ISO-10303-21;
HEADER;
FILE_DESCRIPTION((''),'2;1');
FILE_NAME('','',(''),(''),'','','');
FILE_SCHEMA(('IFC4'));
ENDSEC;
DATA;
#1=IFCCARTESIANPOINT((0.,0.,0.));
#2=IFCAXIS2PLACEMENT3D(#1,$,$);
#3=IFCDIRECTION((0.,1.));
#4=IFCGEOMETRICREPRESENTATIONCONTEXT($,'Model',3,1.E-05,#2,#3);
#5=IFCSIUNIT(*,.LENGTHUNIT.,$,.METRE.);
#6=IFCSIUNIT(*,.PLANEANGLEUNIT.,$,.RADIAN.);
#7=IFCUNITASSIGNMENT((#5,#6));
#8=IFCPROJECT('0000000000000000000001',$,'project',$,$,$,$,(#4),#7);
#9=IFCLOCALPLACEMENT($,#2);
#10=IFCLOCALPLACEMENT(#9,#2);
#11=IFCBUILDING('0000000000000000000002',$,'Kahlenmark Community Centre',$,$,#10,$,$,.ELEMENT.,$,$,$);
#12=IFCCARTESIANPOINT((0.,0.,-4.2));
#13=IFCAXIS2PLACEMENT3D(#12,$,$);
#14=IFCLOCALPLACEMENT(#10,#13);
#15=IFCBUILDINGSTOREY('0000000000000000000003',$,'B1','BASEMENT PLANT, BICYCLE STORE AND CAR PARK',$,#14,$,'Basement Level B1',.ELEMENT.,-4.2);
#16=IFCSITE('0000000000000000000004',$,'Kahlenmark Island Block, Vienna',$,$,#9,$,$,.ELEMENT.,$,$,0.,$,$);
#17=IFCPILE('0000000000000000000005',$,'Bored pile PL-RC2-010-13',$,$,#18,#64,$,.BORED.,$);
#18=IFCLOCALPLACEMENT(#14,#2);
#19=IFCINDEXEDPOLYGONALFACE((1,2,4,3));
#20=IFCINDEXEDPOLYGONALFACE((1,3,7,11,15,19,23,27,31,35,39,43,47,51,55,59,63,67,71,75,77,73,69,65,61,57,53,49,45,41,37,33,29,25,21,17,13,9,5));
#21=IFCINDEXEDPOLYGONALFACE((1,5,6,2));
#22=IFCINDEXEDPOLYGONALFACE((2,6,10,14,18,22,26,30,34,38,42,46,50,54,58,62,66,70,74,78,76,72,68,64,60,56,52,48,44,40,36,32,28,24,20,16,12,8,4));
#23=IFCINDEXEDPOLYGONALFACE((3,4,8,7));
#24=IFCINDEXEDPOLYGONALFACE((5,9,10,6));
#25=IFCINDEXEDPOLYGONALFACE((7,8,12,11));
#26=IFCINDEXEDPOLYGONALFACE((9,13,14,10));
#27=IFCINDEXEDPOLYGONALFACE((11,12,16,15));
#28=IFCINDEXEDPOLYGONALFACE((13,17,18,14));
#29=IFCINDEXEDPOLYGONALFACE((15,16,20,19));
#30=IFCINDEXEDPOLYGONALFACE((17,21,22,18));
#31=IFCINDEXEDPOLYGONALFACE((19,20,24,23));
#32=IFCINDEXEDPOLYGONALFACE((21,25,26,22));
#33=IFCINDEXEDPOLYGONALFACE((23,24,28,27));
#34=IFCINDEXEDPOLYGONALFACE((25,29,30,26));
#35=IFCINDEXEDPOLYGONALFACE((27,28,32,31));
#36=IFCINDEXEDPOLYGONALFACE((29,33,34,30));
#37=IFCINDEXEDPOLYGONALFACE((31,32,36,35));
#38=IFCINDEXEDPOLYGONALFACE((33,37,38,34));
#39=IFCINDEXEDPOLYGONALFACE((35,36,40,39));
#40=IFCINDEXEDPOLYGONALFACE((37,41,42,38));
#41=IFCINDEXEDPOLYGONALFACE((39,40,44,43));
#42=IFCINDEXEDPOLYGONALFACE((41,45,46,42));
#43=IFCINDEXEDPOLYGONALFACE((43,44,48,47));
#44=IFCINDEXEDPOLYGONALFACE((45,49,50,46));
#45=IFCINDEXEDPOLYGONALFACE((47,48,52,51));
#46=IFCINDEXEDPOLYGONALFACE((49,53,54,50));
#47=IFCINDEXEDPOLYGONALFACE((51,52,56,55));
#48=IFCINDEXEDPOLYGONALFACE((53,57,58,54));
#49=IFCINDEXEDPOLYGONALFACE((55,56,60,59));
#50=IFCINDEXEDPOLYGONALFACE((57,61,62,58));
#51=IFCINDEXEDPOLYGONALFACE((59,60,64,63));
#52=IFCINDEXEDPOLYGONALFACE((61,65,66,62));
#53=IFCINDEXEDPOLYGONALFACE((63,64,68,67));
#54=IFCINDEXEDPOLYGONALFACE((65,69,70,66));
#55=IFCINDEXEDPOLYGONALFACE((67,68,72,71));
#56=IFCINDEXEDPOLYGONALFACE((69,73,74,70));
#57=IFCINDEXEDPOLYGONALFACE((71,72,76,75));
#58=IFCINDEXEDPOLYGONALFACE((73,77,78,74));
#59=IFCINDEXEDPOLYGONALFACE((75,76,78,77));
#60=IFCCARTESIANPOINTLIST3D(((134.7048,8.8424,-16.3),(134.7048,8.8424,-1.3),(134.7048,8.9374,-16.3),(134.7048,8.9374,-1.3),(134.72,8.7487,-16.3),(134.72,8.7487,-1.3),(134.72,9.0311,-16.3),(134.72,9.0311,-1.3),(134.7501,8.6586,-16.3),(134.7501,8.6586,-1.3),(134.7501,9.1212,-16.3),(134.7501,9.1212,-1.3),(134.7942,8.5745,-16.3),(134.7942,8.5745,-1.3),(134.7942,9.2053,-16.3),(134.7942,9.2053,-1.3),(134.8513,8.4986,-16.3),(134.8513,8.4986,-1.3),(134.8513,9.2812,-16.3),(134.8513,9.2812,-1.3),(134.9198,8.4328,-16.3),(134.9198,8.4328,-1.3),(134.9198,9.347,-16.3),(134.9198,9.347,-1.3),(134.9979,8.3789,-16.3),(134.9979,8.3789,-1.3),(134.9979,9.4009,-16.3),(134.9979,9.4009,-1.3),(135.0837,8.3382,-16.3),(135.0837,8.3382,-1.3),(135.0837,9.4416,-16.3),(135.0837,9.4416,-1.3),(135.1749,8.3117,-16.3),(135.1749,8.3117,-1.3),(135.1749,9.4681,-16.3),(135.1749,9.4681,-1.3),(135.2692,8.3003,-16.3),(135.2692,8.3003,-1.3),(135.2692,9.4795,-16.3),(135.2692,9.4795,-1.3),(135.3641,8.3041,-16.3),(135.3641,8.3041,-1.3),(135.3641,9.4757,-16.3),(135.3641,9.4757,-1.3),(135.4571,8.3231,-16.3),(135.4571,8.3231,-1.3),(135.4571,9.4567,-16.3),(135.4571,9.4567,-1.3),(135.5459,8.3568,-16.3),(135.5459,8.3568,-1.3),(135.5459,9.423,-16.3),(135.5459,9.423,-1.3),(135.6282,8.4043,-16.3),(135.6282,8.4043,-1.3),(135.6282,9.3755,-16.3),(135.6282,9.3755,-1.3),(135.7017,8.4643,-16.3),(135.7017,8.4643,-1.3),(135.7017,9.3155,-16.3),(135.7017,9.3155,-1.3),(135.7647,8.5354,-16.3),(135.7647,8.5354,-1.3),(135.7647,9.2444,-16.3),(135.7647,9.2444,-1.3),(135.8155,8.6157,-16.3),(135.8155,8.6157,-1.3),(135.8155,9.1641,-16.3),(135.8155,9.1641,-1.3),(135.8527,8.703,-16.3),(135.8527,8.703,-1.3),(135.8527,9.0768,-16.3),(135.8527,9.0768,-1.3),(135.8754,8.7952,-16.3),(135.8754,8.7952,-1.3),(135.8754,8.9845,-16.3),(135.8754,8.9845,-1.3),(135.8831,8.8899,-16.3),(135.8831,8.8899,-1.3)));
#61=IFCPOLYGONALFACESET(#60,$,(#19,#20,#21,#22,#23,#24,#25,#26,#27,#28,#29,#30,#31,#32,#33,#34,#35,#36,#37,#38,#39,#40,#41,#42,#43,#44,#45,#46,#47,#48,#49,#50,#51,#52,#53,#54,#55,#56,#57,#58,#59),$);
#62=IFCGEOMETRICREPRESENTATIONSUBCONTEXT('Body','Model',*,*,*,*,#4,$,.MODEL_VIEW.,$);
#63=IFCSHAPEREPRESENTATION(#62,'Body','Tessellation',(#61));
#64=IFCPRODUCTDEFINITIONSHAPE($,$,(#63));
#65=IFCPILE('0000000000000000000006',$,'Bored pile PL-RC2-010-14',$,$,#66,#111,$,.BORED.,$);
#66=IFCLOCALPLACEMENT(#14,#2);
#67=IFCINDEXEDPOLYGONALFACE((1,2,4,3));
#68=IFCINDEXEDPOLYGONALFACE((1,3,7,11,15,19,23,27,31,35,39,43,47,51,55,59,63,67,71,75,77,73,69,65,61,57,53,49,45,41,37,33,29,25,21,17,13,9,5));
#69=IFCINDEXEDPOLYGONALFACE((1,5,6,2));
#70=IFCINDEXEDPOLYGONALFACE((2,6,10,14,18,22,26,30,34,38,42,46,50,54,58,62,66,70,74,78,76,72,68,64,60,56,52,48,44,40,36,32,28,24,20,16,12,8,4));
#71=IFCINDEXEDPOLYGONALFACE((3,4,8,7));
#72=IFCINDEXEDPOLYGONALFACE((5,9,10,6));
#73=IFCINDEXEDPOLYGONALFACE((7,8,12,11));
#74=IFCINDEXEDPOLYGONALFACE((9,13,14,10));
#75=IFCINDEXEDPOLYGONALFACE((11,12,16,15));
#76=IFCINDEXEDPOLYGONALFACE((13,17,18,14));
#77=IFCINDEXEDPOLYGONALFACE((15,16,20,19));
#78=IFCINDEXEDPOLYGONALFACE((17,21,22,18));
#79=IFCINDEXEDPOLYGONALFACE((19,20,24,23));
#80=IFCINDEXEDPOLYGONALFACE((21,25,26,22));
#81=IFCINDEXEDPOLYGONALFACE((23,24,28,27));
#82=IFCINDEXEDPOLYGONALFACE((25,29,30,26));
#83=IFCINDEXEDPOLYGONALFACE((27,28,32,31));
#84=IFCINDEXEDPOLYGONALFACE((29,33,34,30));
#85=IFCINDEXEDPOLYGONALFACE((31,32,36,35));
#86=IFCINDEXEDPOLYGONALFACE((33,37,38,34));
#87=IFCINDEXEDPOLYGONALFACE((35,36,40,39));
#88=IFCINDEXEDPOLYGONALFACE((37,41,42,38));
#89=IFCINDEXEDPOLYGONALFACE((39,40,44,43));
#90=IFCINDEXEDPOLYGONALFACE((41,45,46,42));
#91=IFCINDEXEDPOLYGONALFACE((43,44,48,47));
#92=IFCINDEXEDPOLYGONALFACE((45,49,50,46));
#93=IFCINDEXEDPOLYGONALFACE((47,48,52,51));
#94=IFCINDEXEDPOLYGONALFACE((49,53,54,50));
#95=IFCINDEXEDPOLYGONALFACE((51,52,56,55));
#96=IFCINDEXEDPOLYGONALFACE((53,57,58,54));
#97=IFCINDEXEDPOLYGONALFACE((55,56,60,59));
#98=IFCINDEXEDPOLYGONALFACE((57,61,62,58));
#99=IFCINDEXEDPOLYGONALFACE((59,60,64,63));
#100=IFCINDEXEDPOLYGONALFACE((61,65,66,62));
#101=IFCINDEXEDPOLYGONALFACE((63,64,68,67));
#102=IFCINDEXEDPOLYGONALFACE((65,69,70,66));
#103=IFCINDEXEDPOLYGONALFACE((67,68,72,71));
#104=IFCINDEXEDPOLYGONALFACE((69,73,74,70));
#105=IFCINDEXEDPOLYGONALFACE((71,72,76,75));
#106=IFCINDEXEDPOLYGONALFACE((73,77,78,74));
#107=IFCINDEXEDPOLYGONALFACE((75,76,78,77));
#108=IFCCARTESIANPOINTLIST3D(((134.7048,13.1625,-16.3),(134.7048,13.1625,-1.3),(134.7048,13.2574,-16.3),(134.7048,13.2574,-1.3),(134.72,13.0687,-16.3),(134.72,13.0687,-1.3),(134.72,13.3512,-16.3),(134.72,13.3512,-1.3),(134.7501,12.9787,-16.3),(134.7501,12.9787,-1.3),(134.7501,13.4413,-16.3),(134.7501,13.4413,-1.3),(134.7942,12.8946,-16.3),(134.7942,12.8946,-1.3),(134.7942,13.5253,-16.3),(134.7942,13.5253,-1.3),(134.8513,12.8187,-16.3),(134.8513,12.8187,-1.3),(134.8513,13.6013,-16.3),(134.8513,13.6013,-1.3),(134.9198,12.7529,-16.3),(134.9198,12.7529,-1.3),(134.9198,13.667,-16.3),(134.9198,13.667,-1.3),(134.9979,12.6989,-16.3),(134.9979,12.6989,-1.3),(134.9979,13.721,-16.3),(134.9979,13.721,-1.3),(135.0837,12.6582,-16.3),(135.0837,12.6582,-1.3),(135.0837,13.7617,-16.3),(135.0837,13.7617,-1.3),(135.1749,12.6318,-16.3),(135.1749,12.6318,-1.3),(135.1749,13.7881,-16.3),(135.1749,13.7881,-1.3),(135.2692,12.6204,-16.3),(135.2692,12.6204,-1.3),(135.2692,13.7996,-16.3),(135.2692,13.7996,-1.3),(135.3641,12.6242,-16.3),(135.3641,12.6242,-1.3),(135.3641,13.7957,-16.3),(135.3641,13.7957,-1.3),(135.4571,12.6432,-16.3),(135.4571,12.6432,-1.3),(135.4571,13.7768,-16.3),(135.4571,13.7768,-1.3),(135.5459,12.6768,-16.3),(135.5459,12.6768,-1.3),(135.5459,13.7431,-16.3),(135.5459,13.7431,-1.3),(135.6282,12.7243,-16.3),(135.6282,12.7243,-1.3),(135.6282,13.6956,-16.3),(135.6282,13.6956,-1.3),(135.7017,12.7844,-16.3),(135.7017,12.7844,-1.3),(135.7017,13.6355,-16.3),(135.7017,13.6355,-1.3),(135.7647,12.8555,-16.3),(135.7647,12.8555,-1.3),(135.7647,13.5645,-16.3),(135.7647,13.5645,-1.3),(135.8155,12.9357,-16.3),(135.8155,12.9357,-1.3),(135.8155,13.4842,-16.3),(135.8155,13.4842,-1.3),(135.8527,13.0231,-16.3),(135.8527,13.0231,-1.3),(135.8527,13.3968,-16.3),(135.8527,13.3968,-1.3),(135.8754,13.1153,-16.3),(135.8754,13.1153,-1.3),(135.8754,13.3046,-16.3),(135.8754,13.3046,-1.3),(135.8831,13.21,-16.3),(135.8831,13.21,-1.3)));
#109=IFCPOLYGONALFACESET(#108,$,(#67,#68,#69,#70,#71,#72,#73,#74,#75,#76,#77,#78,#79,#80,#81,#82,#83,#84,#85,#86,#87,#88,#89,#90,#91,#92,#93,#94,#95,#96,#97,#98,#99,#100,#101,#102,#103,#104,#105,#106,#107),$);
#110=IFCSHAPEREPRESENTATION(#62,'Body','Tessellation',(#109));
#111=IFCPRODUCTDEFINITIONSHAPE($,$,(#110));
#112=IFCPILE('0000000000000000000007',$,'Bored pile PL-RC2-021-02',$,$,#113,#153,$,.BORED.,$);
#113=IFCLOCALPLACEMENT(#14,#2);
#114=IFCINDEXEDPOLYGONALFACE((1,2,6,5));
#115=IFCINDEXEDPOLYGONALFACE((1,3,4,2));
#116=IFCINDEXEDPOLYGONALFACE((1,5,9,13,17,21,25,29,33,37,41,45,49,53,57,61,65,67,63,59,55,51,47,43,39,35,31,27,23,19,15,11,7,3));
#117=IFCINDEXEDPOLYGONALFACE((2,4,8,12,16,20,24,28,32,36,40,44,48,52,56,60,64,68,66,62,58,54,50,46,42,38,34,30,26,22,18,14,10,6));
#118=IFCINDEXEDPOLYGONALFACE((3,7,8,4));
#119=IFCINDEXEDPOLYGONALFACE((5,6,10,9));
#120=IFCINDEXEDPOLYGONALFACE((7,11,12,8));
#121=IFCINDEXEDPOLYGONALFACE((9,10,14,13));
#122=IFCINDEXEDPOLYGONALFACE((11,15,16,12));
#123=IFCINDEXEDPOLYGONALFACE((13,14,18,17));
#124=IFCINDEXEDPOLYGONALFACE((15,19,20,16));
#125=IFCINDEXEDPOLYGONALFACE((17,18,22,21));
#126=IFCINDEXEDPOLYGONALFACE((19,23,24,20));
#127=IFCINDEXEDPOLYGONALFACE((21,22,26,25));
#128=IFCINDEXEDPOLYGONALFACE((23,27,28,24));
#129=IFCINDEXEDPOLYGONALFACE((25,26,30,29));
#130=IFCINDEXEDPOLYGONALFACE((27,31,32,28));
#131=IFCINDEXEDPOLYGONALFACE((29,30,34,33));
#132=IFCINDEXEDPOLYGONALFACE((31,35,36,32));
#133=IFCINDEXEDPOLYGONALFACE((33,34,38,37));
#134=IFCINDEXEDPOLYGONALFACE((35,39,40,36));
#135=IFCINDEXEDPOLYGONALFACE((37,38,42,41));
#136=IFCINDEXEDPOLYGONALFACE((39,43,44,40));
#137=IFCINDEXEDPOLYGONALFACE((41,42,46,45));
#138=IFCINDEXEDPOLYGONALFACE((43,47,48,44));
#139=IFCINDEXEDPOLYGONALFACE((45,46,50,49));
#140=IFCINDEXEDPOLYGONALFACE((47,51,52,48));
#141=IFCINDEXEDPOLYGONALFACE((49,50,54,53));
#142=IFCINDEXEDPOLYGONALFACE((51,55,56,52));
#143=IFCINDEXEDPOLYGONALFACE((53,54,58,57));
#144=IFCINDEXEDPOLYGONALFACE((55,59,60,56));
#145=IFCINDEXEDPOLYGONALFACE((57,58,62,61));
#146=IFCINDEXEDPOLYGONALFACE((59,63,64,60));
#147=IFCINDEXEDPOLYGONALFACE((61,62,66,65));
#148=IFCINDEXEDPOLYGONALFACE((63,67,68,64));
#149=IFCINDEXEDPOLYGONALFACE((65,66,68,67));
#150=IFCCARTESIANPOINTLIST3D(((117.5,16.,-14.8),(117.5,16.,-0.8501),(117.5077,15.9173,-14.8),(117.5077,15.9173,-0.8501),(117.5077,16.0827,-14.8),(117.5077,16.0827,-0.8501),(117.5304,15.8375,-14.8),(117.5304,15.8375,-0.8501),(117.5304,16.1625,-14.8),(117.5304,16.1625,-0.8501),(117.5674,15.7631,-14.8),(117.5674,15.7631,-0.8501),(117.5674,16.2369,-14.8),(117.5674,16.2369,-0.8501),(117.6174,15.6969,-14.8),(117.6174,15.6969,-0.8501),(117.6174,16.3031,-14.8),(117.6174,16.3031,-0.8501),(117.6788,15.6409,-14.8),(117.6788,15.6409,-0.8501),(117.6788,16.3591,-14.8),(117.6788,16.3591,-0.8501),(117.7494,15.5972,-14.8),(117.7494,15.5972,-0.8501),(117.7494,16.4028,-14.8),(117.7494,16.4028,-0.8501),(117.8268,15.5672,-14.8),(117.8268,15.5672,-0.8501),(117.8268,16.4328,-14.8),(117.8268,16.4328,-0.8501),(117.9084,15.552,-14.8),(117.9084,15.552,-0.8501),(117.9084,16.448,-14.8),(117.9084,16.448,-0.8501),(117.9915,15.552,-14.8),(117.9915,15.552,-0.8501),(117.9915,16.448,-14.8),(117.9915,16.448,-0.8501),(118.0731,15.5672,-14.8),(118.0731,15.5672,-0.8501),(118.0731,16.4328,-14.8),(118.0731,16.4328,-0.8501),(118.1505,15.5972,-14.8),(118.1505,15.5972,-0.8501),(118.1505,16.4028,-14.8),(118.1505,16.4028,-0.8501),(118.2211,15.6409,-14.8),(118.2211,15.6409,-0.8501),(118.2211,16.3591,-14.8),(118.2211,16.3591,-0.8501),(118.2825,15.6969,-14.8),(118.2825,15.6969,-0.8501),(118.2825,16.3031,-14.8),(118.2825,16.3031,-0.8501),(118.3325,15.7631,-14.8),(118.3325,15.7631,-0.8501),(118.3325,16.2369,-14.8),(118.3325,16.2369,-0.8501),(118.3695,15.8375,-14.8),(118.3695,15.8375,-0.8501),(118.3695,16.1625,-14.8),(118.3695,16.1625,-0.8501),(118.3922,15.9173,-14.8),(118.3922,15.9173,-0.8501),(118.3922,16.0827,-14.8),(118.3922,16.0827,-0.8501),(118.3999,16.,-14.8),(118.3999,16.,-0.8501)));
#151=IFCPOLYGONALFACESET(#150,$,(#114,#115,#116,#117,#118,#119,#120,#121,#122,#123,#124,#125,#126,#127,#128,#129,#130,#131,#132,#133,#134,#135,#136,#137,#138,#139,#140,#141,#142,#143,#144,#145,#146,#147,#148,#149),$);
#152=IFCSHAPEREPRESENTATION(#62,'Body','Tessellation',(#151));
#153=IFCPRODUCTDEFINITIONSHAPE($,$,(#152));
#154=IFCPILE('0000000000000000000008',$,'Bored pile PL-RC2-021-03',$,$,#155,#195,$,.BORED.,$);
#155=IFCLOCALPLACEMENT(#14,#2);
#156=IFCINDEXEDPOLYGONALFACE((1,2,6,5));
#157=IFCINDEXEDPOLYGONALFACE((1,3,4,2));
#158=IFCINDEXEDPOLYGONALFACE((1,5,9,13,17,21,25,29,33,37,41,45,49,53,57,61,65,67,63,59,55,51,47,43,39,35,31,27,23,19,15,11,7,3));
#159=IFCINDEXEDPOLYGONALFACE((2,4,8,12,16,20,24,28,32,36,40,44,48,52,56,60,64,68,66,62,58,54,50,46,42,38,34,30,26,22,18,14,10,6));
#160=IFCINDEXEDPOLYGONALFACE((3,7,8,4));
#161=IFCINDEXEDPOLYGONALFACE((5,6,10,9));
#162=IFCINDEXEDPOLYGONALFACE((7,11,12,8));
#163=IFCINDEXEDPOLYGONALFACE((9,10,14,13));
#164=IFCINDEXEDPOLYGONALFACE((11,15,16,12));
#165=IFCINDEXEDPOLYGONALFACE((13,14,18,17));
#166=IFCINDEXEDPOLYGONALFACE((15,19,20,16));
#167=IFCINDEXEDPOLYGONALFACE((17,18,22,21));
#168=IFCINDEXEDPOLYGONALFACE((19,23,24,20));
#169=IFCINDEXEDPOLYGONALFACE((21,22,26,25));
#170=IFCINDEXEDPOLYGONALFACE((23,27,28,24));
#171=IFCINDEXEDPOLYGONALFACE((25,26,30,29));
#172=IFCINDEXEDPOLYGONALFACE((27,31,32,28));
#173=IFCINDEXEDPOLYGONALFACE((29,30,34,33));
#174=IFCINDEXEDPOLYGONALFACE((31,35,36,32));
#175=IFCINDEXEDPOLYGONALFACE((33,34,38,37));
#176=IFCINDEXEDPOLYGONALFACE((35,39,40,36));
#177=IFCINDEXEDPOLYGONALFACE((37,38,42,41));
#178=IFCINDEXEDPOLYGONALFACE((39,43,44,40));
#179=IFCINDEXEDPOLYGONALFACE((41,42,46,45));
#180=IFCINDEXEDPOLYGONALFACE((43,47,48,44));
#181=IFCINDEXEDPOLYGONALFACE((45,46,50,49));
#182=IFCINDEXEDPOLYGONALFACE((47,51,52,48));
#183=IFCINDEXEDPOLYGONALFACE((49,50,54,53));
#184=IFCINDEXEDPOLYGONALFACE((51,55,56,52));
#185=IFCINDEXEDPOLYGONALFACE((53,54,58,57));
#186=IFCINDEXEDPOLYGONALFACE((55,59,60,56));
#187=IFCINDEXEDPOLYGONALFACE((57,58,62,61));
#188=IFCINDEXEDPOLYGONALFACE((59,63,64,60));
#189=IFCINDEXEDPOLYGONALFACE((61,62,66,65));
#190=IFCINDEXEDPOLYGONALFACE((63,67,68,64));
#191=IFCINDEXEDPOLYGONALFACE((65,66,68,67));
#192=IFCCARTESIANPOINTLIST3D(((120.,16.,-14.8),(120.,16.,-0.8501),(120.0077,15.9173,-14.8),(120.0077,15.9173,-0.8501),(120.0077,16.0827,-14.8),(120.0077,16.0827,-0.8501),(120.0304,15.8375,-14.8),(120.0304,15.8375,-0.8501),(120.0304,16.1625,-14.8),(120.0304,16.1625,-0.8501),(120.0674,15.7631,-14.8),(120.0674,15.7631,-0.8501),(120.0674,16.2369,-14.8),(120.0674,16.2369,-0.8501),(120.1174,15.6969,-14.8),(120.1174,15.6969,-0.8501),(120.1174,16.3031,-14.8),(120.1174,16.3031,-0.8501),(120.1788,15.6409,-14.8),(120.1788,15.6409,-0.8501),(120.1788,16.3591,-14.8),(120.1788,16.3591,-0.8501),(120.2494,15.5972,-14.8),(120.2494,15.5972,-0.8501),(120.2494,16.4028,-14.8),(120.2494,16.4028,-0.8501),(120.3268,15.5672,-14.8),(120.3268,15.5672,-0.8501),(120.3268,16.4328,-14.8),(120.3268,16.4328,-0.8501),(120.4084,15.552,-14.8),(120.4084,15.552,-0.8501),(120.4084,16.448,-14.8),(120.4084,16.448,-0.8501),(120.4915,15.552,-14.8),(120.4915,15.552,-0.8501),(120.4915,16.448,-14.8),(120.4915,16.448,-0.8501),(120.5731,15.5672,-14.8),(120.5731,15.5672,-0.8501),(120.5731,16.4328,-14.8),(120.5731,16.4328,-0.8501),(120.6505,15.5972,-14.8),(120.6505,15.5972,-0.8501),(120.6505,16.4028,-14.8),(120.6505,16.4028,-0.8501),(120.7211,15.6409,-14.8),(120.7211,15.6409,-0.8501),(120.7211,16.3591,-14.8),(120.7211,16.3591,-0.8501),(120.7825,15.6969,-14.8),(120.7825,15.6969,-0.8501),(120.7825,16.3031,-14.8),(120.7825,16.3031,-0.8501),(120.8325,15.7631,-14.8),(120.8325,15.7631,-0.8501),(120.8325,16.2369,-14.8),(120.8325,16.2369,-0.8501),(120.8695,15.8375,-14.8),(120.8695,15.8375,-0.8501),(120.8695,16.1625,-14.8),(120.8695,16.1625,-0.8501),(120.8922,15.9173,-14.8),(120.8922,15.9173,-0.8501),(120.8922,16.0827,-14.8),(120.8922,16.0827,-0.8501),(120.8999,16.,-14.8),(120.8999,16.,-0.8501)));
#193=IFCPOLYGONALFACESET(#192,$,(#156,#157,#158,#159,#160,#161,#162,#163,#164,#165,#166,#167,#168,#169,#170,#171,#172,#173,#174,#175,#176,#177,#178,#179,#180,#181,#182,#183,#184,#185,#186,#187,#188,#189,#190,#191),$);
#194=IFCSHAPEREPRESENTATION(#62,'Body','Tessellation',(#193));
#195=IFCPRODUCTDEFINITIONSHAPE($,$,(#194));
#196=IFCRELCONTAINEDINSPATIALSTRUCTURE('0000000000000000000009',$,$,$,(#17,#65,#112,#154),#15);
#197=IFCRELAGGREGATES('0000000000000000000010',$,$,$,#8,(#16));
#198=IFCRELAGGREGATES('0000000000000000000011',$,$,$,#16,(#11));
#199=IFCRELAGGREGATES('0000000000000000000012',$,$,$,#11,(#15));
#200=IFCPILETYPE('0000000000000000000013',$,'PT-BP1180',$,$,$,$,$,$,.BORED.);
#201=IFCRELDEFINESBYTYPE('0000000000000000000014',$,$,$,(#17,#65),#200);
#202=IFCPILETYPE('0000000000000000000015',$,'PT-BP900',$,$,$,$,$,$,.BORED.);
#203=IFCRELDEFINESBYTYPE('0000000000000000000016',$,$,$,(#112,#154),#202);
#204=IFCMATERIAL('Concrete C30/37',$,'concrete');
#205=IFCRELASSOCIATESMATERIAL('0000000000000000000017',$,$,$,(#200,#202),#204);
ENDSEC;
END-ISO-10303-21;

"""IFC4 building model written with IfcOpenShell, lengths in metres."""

from ifc_helpers import new_model, si_unit, direction, frame, origin, origin_2d, place, context, subcontext, project, spatial, circle, extrude, material, material_profile, profile_set, type_object, element, save


model = new_model("IFC4")

# Units and contexts
model_context = context("Model", 3, precision=1e-05, world=origin(), true_north=direction((0.0, 1.0)))
body_context = subcontext(model_context, "Body", "Model", "MODEL_VIEW")
ifc_project = project(units=[si_unit("LENGTHUNIT", "METRE"), si_unit("PLANEANGLEUNIT", "RADIAN")], contexts=[model_context])

# Site, building, storey
site_placement = place(None, origin())
site = spatial("IfcSite", under=ifc_project, at=site_placement, Name="Kahlenmark Island Block, Vienna", CompositionType="ELEMENT", RefElevation=0.0)
building_placement = place(site_placement, origin())
building = spatial("IfcBuilding", under=site, at=building_placement, Name="Kahlenmark Community Centre", CompositionType="ELEMENT")
storey_placement = place(building_placement, frame((0.0, 0.0, -4.2)))
storey = spatial("IfcBuildingStorey", under=building, at=storey_placement, Name="B1", Description="BASEMENT PLANT, BICYCLE STORE AND CAR PARK", LongName="Basement Level B1", CompositionType="ELEMENT", Elevation=-4.2)

# Shared definitions
ifc_material_1 = material(Name="Concrete C30/37", Category="concrete")

# Piles
ifc_material_profile_1 = material_profile(ifc_material_1, circle(Radius=0.5901, at=origin_2d()), Name="BORED PILE 1180")
ifc_profile_set_1 = profile_set([ifc_material_profile_1], Name="Concrete C30/37")
pile_type_1 = type_object("IfcPileType", Name="PT-BP1180", PredefinedType="BORED", material=ifc_profile_set_1)
for number, where, z_axis, x_axis, name in (
    (1, (135.293, 8.8899, -1.3), (0.0, 0.0, -1.0), (1.0, 0.0, 0.0), "Bored pile PL-RC2-010-13"),
    (2, (135.293, 13.21, -1.3), (0.0, 0.0, -1.0), (1.0, 0.0, 0.0), "Bored pile PL-RC2-010-14"),
):
    element("IfcPile", number, at=place(storey_placement, frame(where, z_axis=z_axis, x_axis=x_axis)), inside=storey, type_object=pile_type_1, Name=name, PredefinedType="BORED", context=body_context, shape_type="SweptSolid", body=[
        extrude(circle(Radius=0.5901, at=origin_2d()), origin(), (0.0, 0.0, 1.0), 15.0),
    ])
ifc_material_profile_2 = material_profile(ifc_material_1, circle(Radius=0.45, at=origin_2d()), Name="BORED PILE 900")
ifc_profile_set_2 = profile_set([ifc_material_profile_2], Name="Concrete C30/37")
pile_type_2 = type_object("IfcPileType", Name="PT-BP900", PredefinedType="BORED", material=ifc_profile_set_2)
for number, where, z_axis, x_axis, name in (
    (3, (117.95, 16.0, -0.8501), (0.0, 0.0, -1.0), (1.0, 0.0, 0.0), "Bored pile PL-RC2-021-02"),
    (4, (120.45, 16.0, -0.8501), (0.0, 0.0, -1.0), (1.0, 0.0, 0.0), "Bored pile PL-RC2-021-03"),
):
    element("IfcPile", number, at=place(storey_placement, frame(where, z_axis=z_axis, x_axis=x_axis)), inside=storey, type_object=pile_type_2, Name=name, PredefinedType="BORED", context=body_context, shape_type="SweptSolid", body=[
        extrude(circle(Radius=0.45, at=origin_2d()), origin(), (0.0, 0.0, 1.0), 13.95),
    ])

save(model, "model.ifc")
